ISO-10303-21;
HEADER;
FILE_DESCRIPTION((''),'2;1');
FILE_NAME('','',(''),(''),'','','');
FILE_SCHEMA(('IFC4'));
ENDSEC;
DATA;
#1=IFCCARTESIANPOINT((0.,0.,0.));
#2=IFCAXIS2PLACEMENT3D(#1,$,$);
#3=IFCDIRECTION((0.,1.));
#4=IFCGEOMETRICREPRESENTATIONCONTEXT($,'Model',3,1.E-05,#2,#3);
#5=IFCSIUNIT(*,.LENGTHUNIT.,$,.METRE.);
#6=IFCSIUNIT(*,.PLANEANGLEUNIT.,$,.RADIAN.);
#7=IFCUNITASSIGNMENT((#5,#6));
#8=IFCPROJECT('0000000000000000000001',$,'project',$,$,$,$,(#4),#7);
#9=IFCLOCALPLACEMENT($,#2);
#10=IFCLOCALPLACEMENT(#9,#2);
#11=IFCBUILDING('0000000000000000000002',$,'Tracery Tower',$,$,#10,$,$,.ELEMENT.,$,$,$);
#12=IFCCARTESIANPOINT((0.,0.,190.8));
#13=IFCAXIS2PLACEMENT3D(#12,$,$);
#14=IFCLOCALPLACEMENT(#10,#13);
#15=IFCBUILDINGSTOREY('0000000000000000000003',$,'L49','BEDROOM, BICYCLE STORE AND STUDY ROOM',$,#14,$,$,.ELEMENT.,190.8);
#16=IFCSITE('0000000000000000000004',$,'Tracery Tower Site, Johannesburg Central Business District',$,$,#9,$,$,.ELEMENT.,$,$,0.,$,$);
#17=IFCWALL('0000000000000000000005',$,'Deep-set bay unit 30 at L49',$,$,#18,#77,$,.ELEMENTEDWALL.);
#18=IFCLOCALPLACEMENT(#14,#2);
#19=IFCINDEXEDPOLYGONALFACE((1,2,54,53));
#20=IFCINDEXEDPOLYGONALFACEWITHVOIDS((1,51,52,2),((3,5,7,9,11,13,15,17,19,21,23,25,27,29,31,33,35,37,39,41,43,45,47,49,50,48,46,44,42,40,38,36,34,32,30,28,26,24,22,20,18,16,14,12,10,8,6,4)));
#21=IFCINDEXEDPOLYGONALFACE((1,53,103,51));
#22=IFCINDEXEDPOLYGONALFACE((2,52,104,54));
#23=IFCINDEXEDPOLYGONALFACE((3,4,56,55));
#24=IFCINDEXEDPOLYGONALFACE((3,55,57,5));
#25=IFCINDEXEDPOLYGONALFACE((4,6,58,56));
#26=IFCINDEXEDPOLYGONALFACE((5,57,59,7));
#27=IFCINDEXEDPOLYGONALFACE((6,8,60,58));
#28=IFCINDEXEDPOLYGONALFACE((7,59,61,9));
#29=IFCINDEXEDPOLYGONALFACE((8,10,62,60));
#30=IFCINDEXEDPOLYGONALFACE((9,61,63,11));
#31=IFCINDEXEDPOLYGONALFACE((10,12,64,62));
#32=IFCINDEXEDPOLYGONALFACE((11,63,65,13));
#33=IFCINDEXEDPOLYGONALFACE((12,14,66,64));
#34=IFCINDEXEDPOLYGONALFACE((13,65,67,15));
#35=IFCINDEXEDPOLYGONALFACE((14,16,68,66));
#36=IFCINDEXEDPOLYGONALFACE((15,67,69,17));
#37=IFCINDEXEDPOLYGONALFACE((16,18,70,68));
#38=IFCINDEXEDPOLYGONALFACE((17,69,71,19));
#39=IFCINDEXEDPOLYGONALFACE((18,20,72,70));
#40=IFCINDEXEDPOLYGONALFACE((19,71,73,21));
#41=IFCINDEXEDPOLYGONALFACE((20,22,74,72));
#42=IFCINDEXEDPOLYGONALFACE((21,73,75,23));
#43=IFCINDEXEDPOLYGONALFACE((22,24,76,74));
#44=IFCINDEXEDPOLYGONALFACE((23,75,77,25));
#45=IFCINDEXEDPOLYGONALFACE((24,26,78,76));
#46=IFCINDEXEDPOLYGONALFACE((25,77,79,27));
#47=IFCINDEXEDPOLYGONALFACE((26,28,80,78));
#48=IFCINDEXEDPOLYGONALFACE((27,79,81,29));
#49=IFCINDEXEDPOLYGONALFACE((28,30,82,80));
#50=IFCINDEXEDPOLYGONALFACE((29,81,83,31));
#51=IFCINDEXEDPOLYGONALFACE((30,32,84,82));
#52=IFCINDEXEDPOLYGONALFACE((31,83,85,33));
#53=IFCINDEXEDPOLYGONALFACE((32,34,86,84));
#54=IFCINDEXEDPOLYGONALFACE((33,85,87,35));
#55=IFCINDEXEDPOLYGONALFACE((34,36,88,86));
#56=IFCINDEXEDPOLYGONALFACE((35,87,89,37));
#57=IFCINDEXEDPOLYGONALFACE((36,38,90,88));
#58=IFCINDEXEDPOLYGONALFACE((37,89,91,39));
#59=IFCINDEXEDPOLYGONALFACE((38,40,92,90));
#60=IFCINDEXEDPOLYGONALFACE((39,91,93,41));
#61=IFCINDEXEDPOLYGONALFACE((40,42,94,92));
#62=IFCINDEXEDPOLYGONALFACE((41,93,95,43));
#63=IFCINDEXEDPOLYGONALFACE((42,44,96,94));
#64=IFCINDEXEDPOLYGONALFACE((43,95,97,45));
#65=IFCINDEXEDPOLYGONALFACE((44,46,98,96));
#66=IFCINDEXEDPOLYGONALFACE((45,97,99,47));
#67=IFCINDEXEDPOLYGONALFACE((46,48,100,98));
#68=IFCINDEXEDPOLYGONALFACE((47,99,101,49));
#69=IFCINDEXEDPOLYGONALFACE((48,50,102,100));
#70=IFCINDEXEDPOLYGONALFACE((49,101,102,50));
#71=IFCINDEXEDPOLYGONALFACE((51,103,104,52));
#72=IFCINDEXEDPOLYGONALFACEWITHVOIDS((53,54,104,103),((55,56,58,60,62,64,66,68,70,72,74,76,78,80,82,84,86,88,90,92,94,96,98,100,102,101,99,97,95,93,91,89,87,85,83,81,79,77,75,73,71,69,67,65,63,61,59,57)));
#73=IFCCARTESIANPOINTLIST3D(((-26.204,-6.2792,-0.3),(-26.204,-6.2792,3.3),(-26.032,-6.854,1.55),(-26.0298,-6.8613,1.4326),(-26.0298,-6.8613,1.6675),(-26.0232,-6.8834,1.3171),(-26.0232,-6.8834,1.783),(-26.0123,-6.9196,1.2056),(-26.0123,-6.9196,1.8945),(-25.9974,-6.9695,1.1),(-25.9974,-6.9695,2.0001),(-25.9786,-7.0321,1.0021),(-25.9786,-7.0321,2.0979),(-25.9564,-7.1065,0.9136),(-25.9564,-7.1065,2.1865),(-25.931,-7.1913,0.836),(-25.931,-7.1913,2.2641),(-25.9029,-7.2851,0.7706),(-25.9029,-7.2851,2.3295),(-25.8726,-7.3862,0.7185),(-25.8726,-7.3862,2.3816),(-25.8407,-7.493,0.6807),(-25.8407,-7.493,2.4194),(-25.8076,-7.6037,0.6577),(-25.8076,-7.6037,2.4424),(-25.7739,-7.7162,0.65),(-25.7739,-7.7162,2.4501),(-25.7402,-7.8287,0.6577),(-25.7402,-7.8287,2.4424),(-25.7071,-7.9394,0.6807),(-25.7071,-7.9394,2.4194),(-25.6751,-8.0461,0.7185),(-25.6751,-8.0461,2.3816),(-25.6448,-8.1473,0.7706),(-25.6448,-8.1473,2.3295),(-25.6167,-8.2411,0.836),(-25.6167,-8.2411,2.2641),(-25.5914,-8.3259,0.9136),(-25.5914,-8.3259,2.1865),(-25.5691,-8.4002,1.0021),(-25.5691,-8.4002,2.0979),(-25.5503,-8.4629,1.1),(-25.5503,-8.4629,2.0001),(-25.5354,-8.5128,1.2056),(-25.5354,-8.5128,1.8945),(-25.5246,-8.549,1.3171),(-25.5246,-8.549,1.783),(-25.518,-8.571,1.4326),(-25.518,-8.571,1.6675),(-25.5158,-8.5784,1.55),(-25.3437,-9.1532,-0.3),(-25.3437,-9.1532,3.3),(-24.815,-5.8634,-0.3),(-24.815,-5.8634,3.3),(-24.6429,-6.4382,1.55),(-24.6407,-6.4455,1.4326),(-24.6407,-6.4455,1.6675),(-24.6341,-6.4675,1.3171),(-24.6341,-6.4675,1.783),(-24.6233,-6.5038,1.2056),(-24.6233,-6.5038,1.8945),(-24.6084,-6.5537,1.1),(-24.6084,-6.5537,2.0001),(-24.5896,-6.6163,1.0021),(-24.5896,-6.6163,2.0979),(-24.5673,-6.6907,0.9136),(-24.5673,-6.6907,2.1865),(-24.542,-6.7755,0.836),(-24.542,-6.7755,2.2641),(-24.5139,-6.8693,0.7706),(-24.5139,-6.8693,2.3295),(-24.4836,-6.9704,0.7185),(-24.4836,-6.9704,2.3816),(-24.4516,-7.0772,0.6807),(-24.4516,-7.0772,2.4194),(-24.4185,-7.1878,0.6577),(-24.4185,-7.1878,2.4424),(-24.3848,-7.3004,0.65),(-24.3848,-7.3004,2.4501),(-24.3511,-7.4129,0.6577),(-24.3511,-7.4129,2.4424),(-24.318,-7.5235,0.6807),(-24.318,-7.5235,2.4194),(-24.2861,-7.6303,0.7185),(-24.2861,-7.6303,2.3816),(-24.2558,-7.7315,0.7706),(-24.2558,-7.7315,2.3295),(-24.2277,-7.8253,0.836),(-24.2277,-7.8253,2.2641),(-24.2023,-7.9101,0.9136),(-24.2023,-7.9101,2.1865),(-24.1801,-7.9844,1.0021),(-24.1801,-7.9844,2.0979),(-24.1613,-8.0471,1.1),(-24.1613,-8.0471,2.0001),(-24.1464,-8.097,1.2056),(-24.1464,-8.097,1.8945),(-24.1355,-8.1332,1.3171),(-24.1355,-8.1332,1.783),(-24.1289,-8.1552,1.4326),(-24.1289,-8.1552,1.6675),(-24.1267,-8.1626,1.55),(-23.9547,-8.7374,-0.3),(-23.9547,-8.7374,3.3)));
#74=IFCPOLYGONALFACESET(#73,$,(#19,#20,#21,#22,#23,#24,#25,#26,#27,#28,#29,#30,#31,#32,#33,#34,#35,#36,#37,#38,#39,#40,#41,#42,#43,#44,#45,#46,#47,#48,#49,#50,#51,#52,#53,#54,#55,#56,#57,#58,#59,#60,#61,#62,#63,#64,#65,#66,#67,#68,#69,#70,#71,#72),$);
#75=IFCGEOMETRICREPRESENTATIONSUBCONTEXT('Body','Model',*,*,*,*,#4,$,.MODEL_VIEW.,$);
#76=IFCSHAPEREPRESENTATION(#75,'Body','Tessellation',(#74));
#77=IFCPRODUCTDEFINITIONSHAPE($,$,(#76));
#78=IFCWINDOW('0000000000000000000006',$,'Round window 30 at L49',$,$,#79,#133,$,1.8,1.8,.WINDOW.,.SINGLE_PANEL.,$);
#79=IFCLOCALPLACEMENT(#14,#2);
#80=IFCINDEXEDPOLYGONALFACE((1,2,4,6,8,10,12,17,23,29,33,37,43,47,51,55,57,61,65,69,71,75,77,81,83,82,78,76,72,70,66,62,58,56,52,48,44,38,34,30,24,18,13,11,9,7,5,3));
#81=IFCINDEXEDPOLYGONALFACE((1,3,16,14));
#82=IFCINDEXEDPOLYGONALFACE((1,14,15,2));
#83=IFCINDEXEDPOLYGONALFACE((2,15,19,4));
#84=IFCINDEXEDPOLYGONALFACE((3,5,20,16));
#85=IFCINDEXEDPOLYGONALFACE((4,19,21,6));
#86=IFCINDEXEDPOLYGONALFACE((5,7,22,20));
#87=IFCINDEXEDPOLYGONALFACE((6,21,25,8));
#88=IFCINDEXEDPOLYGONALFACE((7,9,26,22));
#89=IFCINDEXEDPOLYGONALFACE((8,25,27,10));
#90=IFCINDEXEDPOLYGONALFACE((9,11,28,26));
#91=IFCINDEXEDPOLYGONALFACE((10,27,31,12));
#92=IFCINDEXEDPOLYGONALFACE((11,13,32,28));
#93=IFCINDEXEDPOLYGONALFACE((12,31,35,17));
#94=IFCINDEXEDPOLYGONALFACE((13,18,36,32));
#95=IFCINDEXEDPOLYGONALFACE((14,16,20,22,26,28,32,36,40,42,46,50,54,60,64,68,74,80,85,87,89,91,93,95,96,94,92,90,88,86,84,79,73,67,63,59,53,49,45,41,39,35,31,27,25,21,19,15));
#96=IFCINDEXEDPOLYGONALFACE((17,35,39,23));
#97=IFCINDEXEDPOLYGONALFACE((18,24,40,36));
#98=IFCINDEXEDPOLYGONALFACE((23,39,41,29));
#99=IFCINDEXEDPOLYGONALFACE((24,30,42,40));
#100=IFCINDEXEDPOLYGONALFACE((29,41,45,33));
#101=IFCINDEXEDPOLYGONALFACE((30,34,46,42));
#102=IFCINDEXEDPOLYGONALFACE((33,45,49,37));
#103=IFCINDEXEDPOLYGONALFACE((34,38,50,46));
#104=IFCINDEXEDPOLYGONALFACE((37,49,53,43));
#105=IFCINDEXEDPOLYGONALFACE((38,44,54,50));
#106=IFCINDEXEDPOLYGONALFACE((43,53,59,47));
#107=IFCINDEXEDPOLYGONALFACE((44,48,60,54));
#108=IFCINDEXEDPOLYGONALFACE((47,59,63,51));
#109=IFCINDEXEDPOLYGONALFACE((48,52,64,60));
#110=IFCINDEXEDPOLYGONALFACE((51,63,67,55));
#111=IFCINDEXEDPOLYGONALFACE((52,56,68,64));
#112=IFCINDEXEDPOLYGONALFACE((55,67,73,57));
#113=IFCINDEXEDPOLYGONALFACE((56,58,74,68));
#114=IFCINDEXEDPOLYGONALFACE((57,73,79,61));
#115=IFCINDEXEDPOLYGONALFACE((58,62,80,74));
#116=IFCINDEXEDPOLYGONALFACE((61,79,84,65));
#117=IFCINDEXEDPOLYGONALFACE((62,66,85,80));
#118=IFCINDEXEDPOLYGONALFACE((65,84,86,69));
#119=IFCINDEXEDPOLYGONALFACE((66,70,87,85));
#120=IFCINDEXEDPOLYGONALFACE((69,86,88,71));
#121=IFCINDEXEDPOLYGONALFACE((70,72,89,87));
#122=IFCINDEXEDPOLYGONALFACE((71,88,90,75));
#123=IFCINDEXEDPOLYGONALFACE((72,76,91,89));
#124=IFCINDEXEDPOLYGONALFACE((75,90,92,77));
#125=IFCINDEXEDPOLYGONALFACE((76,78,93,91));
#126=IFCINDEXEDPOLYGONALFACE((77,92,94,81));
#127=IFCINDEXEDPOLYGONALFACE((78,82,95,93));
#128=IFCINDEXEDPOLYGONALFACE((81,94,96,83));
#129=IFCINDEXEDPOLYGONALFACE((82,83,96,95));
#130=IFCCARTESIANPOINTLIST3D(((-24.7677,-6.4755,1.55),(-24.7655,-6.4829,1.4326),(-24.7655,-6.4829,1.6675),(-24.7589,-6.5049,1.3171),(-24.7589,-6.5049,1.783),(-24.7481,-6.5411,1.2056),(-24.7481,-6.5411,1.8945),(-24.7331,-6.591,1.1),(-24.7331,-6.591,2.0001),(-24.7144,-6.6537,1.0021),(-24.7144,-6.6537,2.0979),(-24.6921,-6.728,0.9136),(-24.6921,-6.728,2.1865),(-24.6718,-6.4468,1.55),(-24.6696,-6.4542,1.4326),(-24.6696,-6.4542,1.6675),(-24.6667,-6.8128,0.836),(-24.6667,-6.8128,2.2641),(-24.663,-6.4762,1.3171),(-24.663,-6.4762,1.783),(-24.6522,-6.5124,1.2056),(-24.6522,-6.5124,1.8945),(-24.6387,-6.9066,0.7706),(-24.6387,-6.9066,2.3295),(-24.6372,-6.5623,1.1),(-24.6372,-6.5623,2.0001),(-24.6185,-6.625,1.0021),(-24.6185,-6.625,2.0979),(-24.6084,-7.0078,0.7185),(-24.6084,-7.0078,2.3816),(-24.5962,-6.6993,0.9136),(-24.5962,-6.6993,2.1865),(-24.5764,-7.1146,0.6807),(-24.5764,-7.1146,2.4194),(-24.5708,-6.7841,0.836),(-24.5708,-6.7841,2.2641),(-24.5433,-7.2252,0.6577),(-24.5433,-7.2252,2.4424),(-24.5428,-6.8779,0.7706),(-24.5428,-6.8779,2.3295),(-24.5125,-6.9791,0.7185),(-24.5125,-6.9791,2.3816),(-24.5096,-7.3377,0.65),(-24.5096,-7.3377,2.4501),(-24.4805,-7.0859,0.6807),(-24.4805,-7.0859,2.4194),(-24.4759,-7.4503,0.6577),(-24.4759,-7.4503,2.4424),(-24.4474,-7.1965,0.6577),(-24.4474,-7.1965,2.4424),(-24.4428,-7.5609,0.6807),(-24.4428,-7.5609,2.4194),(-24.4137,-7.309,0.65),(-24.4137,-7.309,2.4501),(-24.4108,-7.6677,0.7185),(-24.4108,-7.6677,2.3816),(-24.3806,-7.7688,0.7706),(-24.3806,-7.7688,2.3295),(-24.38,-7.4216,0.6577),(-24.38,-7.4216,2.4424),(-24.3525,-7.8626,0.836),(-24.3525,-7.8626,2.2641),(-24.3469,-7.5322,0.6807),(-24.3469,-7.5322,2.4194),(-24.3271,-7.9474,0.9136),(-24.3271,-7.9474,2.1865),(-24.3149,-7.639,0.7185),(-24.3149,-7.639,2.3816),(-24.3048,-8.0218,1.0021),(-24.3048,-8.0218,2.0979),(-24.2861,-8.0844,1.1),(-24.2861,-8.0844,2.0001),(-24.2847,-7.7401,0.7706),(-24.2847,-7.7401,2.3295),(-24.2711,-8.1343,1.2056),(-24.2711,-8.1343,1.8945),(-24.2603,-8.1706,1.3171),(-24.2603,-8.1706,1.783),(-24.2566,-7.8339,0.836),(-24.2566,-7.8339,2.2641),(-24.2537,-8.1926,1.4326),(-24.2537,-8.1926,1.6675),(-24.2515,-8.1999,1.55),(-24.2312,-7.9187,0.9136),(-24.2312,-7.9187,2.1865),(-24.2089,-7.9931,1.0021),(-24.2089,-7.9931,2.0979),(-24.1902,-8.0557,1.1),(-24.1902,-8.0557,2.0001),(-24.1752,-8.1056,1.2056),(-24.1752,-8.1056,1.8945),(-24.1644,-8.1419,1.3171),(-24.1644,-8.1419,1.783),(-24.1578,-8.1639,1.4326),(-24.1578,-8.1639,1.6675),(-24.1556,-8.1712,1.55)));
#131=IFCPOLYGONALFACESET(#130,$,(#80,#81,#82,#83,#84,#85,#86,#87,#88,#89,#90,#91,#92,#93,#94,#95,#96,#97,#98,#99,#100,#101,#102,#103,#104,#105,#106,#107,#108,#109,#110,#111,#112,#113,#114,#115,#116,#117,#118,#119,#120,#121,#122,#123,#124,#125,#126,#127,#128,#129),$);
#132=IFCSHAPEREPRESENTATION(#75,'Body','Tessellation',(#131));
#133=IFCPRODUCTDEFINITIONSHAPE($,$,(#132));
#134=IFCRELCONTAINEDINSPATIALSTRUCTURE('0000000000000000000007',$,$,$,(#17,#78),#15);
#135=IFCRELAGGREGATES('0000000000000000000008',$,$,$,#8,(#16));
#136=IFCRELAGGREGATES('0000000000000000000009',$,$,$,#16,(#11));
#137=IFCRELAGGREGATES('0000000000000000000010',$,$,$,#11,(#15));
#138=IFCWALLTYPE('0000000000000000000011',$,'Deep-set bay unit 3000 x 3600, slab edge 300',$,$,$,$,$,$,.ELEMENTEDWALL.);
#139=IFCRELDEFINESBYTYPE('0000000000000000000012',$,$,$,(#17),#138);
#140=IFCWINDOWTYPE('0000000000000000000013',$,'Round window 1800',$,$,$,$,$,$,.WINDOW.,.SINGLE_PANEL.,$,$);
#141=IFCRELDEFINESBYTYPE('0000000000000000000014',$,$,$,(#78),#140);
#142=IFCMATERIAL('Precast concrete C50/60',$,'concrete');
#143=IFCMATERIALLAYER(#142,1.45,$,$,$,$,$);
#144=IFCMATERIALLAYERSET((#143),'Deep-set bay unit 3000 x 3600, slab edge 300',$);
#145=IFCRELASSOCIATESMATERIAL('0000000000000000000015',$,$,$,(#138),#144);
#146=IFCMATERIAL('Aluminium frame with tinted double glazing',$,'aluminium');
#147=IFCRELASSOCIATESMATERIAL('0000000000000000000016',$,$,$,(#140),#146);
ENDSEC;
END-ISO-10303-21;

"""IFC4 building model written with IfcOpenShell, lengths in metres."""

from ifc_helpers import new_model, si_unit, direction, frame, frame_2d, origin, origin_2d, place, context, subcontext, project, spatial, rectangle, circle, extrude, material, layer, layer_set, type_object, element, fill, save


model = new_model("IFC4")

# Units and contexts
model_context = context("Model", 3, precision=1e-05, world=origin(), true_north=direction((0.0, 1.0)))
body_context = subcontext(model_context, "Body", "Model", "MODEL_VIEW")
ifc_project = project(units=[si_unit("LENGTHUNIT", "METRE"), si_unit("PLANEANGLEUNIT", "RADIAN")], contexts=[model_context])

# Site, building, storey
site_placement = place(None, origin())
site = spatial("IfcSite", under=ifc_project, at=site_placement, Name="Tracery Tower Site, Johannesburg Central Business District", CompositionType="ELEMENT", RefElevation=0.0)
building_placement = place(site_placement, origin())
building = spatial("IfcBuilding", under=site, at=building_placement, Name="Tracery Tower", CompositionType="ELEMENT")
storey_placement = place(building_placement, frame((0.0, 0.0, 190.8)))
storey = spatial("IfcBuildingStorey", under=building, at=storey_placement, Name="L49", Description="BEDROOM, BICYCLE STORE AND STUDY ROOM", CompositionType="ELEMENT", Elevation=190.8)

# Wall, opening, window
ifc_material_1 = material(Name="Precast concrete C50/60", Category="concrete")
ifc_layer_1 = layer(ifc_material_1, 1.45)
ifc_layer_set_1 = layer_set([ifc_layer_1], Name="Deep-set bay unit 3000 x 3600, slab edge 300")
wall_type_1 = type_object("IfcWallType", Name="Deep-set bay unit 3000 x 3600, slab edge 300", PredefinedType="ELEMENTEDWALL", material=ifc_layer_set_1)
wall_1_placement = place(storey_placement, frame((-25.5095, -6.0713, -0.3), z_axis=(0.0, 0.0, 1.0), x_axis=(0.28678, -0.957996, 0.0)))
wall_1 = element("IfcWall", 1, at=wall_1_placement, inside=storey, type_object=wall_type_1, Name="Deep-set bay unit 30 at L49", PredefinedType="ELEMENTEDWALL", context=body_context, shape_type="SweptSolid", body=[
    extrude(rectangle(XDim=3.0, YDim=1.45, at=frame_2d((1.5, 0.0))), origin(), (0.0, 0.0, 1.0), 3.6001),
])
opening_1_placement = place(wall_1_placement, frame((1.5, 0.0, 1.8501)))
opening_1 = element("IfcOpeningElement", 2, at=opening_1_placement, cuts=wall_1, PredefinedType="OPENING", context=body_context, shape_type="SweptSolid", body=[
    extrude(circle(Radius=0.9, at=origin_2d()), frame((0.0, 0.7349, 0.0), z_axis=(0.0, -1.0, 0.0), x_axis=(1.0, 0.0, 0.0)), (0.0, 0.0, 1.0), 1.47),
])
ifc_material_2 = material(Name="Aluminium frame with tinted double glazing", Category="aluminium")
window_type = type_object("IfcWindowType", Name="Round window 1800", PartitioningType="SINGLE_PANEL", PredefinedType="WINDOW", material=ifc_material_2)
window_1_placement = place(opening_1_placement, origin())
window_1 = element("IfcWindow", 3, at=window_1_placement, inside=storey, type_object=window_type, Name="Round window 30 at L49", OverallHeight=1.8, OverallWidth=1.8, PartitioningType="SINGLE_PANEL", PredefinedType="WINDOW", context=body_context, shape_type="SweptSolid", body=[
    extrude(circle(Radius=0.9, at=origin_2d()), frame((0.0, 0.6948, 0.0), z_axis=(0.0, -1.0, 0.0), x_axis=(1.0, 0.0, 0.0)), (0.0, 0.0, 1.0), 0.1001),
])
fill(opening_1, window_1)

save(model, "model.ifc")
